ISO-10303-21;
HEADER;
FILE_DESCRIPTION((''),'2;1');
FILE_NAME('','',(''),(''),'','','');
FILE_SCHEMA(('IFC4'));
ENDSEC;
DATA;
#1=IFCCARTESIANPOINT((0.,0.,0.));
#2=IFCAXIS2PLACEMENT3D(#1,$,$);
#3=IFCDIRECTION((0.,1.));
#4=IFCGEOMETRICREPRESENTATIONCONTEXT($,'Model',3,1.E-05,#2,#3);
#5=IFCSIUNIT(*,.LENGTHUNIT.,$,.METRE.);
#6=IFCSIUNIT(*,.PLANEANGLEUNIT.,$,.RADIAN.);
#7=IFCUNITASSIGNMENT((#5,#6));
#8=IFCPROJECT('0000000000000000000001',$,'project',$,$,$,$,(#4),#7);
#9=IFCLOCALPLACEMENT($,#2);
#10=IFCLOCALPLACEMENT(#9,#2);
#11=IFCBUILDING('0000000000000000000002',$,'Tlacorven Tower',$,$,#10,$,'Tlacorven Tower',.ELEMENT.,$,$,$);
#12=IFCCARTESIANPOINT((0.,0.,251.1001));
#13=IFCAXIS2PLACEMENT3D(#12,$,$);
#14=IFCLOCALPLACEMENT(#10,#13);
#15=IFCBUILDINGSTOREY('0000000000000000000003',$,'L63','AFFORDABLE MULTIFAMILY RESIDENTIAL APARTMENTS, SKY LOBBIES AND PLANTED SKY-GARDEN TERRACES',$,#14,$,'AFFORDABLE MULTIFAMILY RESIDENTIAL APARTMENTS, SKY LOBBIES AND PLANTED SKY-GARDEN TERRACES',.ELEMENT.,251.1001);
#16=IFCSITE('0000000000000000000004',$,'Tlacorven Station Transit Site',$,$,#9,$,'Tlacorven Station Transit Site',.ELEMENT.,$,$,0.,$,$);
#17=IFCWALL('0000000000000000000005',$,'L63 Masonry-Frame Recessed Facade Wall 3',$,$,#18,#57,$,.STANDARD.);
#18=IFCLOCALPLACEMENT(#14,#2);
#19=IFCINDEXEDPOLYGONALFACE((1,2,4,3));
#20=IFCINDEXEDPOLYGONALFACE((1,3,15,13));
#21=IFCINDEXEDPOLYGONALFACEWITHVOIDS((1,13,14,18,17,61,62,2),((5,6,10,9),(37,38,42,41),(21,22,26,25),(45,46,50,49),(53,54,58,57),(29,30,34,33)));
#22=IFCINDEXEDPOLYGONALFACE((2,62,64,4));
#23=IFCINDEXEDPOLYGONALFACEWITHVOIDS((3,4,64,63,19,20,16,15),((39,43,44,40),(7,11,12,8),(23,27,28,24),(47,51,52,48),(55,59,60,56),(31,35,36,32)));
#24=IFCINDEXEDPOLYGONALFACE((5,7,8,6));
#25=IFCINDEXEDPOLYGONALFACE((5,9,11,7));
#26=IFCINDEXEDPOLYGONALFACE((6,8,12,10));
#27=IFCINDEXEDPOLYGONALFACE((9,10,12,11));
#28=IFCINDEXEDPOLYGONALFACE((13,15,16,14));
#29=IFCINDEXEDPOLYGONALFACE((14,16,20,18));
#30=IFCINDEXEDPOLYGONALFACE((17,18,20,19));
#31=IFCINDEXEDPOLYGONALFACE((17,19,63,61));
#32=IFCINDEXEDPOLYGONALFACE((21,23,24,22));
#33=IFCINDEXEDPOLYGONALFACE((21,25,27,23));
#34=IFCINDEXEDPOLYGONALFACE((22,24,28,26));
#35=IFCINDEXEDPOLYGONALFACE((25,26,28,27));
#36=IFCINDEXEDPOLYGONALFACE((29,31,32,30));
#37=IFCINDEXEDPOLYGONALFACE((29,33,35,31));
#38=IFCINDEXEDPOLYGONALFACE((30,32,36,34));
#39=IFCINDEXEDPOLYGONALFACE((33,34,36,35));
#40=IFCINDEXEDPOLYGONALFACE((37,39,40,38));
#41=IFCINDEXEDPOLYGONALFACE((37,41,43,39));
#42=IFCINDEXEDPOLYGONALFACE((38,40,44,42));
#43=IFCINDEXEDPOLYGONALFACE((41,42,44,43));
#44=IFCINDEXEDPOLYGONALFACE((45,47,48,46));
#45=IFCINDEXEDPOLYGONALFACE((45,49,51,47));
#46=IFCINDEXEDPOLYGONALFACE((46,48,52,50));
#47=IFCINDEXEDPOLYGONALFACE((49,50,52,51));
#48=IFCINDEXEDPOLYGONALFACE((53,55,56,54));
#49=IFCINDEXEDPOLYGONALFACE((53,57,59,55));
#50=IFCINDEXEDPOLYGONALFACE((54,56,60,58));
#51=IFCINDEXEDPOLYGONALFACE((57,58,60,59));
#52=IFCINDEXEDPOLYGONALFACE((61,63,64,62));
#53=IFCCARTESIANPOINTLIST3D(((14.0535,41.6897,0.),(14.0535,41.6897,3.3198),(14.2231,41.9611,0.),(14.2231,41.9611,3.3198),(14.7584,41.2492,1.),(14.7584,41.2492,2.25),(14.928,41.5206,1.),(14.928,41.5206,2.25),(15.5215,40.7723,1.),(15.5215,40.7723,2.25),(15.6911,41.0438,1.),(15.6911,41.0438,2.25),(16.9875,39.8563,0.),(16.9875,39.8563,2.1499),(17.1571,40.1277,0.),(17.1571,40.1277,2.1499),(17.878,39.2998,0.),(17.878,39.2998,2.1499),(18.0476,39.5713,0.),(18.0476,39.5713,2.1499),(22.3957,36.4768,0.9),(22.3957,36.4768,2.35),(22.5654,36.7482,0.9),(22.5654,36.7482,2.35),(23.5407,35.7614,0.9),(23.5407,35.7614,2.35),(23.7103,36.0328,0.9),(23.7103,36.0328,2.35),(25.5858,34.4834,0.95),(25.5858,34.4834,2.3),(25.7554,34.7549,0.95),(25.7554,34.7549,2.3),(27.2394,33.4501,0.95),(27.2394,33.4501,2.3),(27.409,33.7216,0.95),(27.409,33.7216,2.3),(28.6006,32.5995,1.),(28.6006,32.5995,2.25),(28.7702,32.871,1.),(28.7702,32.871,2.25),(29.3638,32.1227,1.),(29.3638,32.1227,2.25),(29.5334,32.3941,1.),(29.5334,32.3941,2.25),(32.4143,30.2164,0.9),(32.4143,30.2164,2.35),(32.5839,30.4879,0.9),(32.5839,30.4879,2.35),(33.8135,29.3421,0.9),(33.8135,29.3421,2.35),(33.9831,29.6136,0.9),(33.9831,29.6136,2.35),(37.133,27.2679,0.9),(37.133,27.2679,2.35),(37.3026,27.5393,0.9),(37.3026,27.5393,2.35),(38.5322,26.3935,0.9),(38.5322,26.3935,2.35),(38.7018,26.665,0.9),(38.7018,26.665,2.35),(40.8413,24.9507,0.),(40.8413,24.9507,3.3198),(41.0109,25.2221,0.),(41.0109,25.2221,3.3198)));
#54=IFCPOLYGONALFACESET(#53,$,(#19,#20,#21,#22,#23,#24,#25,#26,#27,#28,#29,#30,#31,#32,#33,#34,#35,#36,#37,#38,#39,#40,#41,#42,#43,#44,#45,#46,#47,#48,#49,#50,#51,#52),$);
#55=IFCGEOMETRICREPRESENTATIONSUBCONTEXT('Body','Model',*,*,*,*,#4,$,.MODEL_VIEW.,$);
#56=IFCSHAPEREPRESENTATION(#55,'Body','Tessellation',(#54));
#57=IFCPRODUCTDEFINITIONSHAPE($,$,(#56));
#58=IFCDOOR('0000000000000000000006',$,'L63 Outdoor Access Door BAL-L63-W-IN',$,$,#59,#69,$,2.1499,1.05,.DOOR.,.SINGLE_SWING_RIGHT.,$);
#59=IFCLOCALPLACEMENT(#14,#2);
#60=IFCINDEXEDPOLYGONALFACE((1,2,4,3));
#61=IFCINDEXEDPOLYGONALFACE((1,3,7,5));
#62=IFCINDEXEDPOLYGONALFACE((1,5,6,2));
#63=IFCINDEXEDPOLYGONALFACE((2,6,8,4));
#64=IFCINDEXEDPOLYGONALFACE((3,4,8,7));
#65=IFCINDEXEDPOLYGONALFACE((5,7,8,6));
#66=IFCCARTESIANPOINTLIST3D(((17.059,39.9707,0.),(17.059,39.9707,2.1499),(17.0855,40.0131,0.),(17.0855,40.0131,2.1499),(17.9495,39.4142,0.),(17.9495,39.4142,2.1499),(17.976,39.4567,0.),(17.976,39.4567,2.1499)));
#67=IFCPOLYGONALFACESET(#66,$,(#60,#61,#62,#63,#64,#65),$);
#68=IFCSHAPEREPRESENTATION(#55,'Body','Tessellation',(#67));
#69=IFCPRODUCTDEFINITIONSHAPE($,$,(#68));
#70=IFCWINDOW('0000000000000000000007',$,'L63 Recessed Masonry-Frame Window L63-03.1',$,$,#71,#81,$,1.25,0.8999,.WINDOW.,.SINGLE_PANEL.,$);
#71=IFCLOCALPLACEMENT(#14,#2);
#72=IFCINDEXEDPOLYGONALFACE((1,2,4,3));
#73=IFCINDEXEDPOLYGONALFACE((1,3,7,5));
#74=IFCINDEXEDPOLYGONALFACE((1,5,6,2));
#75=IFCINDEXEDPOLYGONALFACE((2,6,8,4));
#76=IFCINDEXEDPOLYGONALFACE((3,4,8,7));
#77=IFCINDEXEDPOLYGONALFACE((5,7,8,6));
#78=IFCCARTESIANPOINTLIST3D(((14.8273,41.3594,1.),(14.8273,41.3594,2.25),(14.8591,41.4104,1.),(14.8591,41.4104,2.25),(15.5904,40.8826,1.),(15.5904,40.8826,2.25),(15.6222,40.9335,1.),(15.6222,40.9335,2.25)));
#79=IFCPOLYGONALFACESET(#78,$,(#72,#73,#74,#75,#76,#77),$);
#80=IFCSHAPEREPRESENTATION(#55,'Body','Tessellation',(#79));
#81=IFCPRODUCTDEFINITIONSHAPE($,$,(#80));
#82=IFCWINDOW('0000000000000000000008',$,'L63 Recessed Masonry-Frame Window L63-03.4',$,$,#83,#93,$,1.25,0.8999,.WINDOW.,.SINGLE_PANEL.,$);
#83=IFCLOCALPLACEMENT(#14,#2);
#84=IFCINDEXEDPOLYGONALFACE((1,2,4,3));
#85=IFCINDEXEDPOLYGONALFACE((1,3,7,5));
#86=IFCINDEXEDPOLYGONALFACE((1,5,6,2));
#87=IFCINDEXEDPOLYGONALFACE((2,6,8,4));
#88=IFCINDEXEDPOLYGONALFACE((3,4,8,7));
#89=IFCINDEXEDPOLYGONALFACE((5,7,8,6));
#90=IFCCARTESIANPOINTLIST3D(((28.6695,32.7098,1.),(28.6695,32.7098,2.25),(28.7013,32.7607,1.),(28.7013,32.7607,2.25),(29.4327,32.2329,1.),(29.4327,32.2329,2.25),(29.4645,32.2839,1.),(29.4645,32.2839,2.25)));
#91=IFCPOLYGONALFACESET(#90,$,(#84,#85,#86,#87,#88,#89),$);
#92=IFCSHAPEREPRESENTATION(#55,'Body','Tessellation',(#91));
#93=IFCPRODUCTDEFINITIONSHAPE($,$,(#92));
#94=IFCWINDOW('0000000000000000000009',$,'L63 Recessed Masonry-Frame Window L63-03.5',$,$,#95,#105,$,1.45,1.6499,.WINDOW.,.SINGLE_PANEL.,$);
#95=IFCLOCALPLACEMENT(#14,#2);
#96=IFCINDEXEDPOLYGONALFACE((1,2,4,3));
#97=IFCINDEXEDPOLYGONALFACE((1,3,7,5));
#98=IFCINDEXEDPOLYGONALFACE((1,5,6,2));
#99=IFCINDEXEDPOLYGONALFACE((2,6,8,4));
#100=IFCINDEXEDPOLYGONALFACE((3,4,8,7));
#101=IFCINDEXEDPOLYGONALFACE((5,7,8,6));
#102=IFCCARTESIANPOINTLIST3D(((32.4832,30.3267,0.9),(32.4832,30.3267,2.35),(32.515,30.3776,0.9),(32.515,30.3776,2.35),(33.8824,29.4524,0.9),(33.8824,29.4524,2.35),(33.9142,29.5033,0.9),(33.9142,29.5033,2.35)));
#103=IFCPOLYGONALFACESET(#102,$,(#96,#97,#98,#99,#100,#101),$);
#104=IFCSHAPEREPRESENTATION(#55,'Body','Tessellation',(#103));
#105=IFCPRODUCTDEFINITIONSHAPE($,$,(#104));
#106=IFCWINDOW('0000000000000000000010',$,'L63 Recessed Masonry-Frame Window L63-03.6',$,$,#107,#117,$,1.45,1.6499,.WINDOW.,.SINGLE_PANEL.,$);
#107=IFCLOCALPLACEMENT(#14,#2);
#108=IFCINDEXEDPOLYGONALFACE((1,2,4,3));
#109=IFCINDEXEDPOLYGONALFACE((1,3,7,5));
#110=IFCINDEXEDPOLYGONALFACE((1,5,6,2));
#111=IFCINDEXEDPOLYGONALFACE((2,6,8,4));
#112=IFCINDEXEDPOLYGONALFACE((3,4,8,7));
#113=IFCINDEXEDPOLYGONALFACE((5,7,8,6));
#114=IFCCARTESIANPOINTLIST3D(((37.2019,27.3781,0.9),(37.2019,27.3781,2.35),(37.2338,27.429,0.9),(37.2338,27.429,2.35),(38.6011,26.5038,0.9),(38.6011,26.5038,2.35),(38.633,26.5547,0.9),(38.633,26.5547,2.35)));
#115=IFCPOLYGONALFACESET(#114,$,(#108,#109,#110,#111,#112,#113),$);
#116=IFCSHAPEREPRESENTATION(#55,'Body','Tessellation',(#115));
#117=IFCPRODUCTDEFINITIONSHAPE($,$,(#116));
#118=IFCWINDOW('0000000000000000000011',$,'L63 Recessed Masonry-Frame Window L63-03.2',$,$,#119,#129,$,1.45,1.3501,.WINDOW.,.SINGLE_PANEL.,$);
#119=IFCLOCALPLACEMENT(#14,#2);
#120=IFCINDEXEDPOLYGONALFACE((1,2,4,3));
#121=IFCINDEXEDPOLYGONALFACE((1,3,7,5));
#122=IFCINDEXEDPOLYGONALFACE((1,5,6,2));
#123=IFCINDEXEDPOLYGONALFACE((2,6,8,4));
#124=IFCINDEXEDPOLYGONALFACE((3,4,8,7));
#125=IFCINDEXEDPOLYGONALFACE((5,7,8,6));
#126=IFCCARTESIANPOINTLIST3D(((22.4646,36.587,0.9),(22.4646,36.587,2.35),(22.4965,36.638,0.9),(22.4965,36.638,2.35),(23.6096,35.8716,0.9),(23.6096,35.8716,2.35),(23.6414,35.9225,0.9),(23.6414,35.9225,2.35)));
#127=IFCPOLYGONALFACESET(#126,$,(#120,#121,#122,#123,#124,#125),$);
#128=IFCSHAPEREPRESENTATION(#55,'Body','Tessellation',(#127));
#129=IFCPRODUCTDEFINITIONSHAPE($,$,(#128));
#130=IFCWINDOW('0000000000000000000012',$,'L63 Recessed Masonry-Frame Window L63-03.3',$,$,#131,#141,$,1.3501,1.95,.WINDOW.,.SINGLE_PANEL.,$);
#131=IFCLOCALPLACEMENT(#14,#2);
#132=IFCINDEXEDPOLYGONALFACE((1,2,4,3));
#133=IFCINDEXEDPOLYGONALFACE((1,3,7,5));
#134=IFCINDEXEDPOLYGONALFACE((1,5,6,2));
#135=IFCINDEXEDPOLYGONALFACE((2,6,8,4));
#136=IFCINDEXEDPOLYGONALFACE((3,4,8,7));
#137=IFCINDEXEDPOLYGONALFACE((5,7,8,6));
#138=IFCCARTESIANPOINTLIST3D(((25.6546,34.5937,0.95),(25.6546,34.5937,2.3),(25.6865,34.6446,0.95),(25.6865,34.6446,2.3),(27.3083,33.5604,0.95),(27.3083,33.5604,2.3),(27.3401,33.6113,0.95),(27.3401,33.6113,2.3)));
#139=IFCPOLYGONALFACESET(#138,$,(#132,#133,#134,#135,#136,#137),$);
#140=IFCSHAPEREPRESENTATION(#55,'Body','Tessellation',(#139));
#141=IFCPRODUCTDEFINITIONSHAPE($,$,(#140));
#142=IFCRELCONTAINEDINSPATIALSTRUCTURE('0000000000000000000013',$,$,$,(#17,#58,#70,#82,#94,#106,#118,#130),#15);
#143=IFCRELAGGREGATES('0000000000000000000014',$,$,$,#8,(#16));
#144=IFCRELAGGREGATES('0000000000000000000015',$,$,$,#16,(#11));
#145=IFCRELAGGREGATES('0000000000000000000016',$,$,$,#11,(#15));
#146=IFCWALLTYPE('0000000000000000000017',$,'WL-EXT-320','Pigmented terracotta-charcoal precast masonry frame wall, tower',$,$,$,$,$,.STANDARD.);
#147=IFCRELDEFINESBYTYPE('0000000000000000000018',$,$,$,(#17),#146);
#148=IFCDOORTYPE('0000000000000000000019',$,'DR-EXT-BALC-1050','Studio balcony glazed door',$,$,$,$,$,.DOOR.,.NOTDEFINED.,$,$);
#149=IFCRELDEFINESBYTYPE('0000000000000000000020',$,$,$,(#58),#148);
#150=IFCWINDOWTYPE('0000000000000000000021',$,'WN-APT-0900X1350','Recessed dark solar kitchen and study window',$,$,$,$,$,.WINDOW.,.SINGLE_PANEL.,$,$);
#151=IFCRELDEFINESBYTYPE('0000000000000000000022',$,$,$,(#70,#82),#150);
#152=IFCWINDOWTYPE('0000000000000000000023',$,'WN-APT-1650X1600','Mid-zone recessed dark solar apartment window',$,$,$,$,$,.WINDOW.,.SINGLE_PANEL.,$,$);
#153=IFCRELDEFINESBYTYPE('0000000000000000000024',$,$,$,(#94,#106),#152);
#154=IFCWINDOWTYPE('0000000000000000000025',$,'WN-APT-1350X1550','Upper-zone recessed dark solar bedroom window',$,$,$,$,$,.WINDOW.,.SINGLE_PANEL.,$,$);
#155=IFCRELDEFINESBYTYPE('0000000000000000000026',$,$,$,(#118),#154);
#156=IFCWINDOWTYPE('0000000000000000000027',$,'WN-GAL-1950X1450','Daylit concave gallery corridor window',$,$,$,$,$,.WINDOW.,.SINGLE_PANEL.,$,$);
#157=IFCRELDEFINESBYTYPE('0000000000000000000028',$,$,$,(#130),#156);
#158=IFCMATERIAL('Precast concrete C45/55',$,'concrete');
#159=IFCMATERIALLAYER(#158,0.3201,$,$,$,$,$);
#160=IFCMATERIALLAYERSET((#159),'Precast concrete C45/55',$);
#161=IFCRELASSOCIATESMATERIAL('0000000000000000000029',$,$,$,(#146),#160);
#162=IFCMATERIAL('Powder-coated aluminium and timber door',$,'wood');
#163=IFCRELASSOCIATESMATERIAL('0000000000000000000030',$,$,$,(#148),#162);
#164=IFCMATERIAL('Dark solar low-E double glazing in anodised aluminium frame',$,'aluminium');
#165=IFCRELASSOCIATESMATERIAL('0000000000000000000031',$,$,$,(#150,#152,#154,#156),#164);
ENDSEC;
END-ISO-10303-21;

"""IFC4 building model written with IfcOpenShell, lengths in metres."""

from ifc_helpers import new_model, si_unit, direction, frame, frame_2d, origin, place, context, subcontext, project, spatial, rectangle, extrude, source, transform, mapped, material, layer, layer_set, type_object, element, fill, save


model = new_model("IFC4")

# Units and contexts
model_context = context("Model", 3, precision=1e-05, world=origin(), true_north=direction((0.0, 1.0)))
body_context = subcontext(model_context, "Body", "Model", "MODEL_VIEW")
ifc_project = project(units=[si_unit("LENGTHUNIT", "METRE"), si_unit("PLANEANGLEUNIT", "RADIAN")], contexts=[model_context])

# Site, building, storey
site_placement = place(None, origin())
site = spatial("IfcSite", under=ifc_project, at=site_placement, Name="Tlacorven Station Transit Site", LongName="Tlacorven Station Transit Site", CompositionType="ELEMENT", RefElevation=0.0)
building_placement = place(site_placement, origin())
building = spatial("IfcBuilding", under=site, at=building_placement, Name="Tlacorven Tower", LongName="Tlacorven Tower", CompositionType="ELEMENT")
storey_placement = place(building_placement, frame((0.0, 0.0, 251.1001)))
storey = spatial("IfcBuildingStorey", under=building, at=storey_placement, Name="L63", Description="AFFORDABLE MULTIFAMILY RESIDENTIAL APARTMENTS, SKY LOBBIES AND PLANTED SKY-GARDEN TERRACES", LongName="AFFORDABLE MULTIFAMILY RESIDENTIAL APARTMENTS, SKY LOBBIES AND PLANTED SKY-GARDEN TERRACES", CompositionType="ELEMENT", Elevation=251.1001)

# Wall, openings, door, windows
ifc_material_1 = material(Name="Precast concrete C45/55", Category="concrete")
ifc_layer_1 = layer(ifc_material_1, 0.3201)
ifc_layer_set_1 = layer_set([ifc_layer_1], Name="Precast concrete C45/55")
wall_type_1 = type_object("IfcWallType", Name="WL-EXT-320", Description="Pigmented terracotta-charcoal precast masonry frame wall, tower", PredefinedType="STANDARD", material=ifc_layer_set_1)
wall_1_placement = place(storey_placement, frame((14.1382, 41.8254, 0.0), z_axis=(0.0, 0.0, 1.0), x_axis=(0.848046, -0.529922, 0.0)))
wall_1 = element("IfcWall", 1, at=wall_1_placement, inside=storey, type_object=wall_type_1, Name="L63 Masonry-Frame Recessed Facade Wall 3", PredefinedType="STANDARD", context=body_context, shape_type="SweptSolid", body=[
    extrude(rectangle(XDim=31.5876, YDim=0.3201, at=frame_2d((15.7939, 0.0))), origin(), (0.0, 0.0, 1.0), 3.3198),
])
opening_1_placement = place(wall_1_placement, frame((3.46, 0.0, 0.0)))
opening_1 = element("IfcOpeningElement", 2, at=opening_1_placement, cuts=wall_1, PredefinedType="OPENING", context=body_context, shape_type="SweptSolid", body=[
    extrude(rectangle(XDim=1.05, YDim=2.1499, at=frame_2d((0.5249, 1.075))), frame((0.0, 0.1699, 0.0), z_axis=(0.0, -1.0, 0.0), x_axis=(1.0, 0.0, 0.0)), (0.0, 0.0, 1.0), 0.3401),
])
opening_2_placement = place(wall_1_placement, frame((0.8313, 0.0, 1.0)))
opening_2 = element("IfcOpeningElement", 3, at=opening_2_placement, cuts=wall_1, PredefinedType="OPENING", context=body_context, shape_type="SweptSolid", body=[
    extrude(rectangle(XDim=0.8999, YDim=1.25, at=frame_2d((0.45, 0.625))), frame((0.0, 0.1699, 0.0), z_axis=(0.0, -1.0, 0.0), x_axis=(1.0, 0.0, 0.0)), (0.0, 0.0, 1.0), 0.3401),
])
opening_3_placement = place(wall_1_placement, frame((9.8372, 0.0, 0.8999)))
opening_3 = element("IfcOpeningElement", 4, at=opening_3_placement, cuts=wall_1, PredefinedType="OPENING", context=body_context, shape_type="SweptSolid", body=[
    extrude(rectangle(XDim=1.3501, YDim=1.45, at=frame_2d((0.675, 0.7251))), frame((0.0, 0.1699, 0.0), z_axis=(0.0, -1.0, 0.0), x_axis=(1.0, 0.0, 0.0)), (0.0, 0.0, 1.0), 0.3401),
])
opening_4_placement = place(wall_1_placement, frame((13.5986, 0.0, 0.95)))
opening_4 = element("IfcOpeningElement", 5, at=opening_4_placement, cuts=wall_1, PredefinedType="OPENING", context=body_context, shape_type="SweptSolid", body=[
    extrude(rectangle(XDim=1.95, YDim=1.3501, at=frame_2d((0.9751, 0.675))), frame((0.0, 0.1699, 0.0), z_axis=(0.0, -1.0, 0.0), x_axis=(1.0, 0.0, 0.0)), (0.0, 0.0, 1.0), 0.3401),
])
opening_5_placement = place(wall_1_placement, frame((17.1538, 0.0, 1.0)))
opening_5 = element("IfcOpeningElement", 6, at=opening_5_placement, cuts=wall_1, PredefinedType="OPENING", context=body_context, shape_type="SweptSolid", body=[
    extrude(rectangle(XDim=0.8999, YDim=1.25, at=frame_2d((0.45, 0.625))), frame((0.0, 0.1699, 0.0), z_axis=(0.0, -1.0, 0.0), x_axis=(1.0, 0.0, 0.0)), (0.0, 0.0, 1.0), 0.3401),
])
opening_6_placement = place(wall_1_placement, frame((21.6509, 0.0, 0.8999)))
opening_6 = element("IfcOpeningElement", 7, at=opening_6_placement, cuts=wall_1, PredefinedType="OPENING", context=body_context, shape_type="SweptSolid", body=[
    extrude(rectangle(XDim=1.6499, YDim=1.45, at=frame_2d((0.825, 0.7251))), frame((0.0, 0.1699, 0.0), z_axis=(0.0, -1.0, 0.0), x_axis=(1.0, 0.0, 0.0)), (0.0, 0.0, 1.0), 0.3401),
])
opening_7_placement = place(wall_1_placement, frame((27.2151, 0.0, 0.8999)))
opening_7 = element("IfcOpeningElement", 8, at=opening_7_placement, cuts=wall_1, PredefinedType="OPENING", context=body_context, shape_type="SweptSolid", body=[
    extrude(rectangle(XDim=1.6499, YDim=1.45, at=frame_2d((0.825, 0.7251))), frame((0.0, 0.1699, 0.0), z_axis=(0.0, -1.0, 0.0), x_axis=(1.0, 0.0, 0.0)), (0.0, 0.0, 1.0), 0.3401),
])
ifc_material_2 = material(Name="Powder-coated aluminium and timber door", Category="wood")
door_type_1 = type_object("IfcDoorType", Name="DR-EXT-BALC-1050", Description="Studio balcony glazed door", OperationType="NOTDEFINED", PredefinedType="DOOR", material=ifc_material_2)
shared_shape_1 = source(origin(), body_context, "Body", "SweptSolid", [
    extrude(rectangle(XDim=1.05, YDim=2.1499, at=frame_2d((0.5249, 1.075))), frame((0.0, 0.0249, 0.0), z_axis=(0.0, -1.0, 0.0), x_axis=(1.0, 0.0, 0.0)), (0.0, 0.0, 1.0), 0.05),
])
door_1_placement = place(opening_1_placement, origin())
door_1 = element("IfcDoor", 9, at=door_1_placement, inside=storey, type_object=door_type_1, Name="L63 Outdoor Access Door BAL-L63-W-IN", OperationType="SINGLE_SWING_RIGHT", OverallHeight=2.1499, OverallWidth=1.05, PredefinedType="DOOR", context=body_context, shape_type="MappedRepresentation", body=[
    mapped(shared_shape_1, transform((0.0, 0.0, 0.0), scale=1.0)),
])
fill(opening_1, door_1)
ifc_material_3 = material(Name="Dark solar low-E double glazing in anodised aluminium frame", Category="aluminium")
window_type_1 = type_object("IfcWindowType", Name="WN-APT-0900X1350", Description="Recessed dark solar kitchen and study window", PartitioningType="SINGLE_PANEL", PredefinedType="WINDOW", material=ifc_material_3)
shared_shape_2 = source(origin(), body_context, "Body", "SweptSolid", [
    extrude(rectangle(XDim=0.8999, YDim=1.25, at=frame_2d((0.45, 0.625))), frame((0.0, 0.03, 0.0), z_axis=(0.0, -1.0, 0.0), x_axis=(1.0, 0.0, 0.0)), (0.0, 0.0, 1.0), 0.0601),
])
window_1_placement = place(opening_2_placement, origin())
window_1 = element("IfcWindow", 10, at=window_1_placement, inside=storey, type_object=window_type_1, Name="L63 Recessed Masonry-Frame Window L63-03.1", OverallHeight=1.25, OverallWidth=0.8999, PartitioningType="SINGLE_PANEL", PredefinedType="WINDOW", context=body_context, shape_type="MappedRepresentation", body=[
    mapped(shared_shape_2, transform((0.0, 0.0, 0.0), scale=1.0)),
])
fill(opening_2, window_1)
window_2_placement = place(opening_5_placement, origin())
window_2 = element("IfcWindow", 11, at=window_2_placement, inside=storey, type_object=window_type_1, Name="L63 Recessed Masonry-Frame Window L63-03.4", OverallHeight=1.25, OverallWidth=0.8999, PartitioningType="SINGLE_PANEL", PredefinedType="WINDOW", context=body_context, shape_type="MappedRepresentation", body=[
    mapped(shared_shape_2, transform((0.0, 0.0, 0.0), scale=1.0)),
])
fill(opening_5, window_2)
window_type_2 = type_object("IfcWindowType", Name="WN-APT-1650X1600", Description="Mid-zone recessed dark solar apartment window", PartitioningType="SINGLE_PANEL", PredefinedType="WINDOW", material=ifc_material_3)
shared_shape_3 = source(origin(), body_context, "Body", "SweptSolid", [
    extrude(rectangle(XDim=1.6499, YDim=1.45, at=frame_2d((0.825, 0.7251))), frame((0.0, 0.03, 0.0), z_axis=(0.0, -1.0, 0.0), x_axis=(1.0, 0.0, 0.0)), (0.0, 0.0, 1.0), 0.0601),
])
window_3_placement = place(opening_6_placement, origin())
window_3 = element("IfcWindow", 12, at=window_3_placement, inside=storey, type_object=window_type_2, Name="L63 Recessed Masonry-Frame Window L63-03.5", OverallHeight=1.45, OverallWidth=1.6499, PartitioningType="SINGLE_PANEL", PredefinedType="WINDOW", context=body_context, shape_type="MappedRepresentation", body=[
    mapped(shared_shape_3, transform((0.0, 0.0, 0.0), scale=1.0)),
])
fill(opening_6, window_3)
window_4_placement = place(opening_7_placement, origin())
window_4 = element("IfcWindow", 13, at=window_4_placement, inside=storey, type_object=window_type_2, Name="L63 Recessed Masonry-Frame Window L63-03.6", OverallHeight=1.45, OverallWidth=1.6499, PartitioningType="SINGLE_PANEL", PredefinedType="WINDOW", context=body_context, shape_type="MappedRepresentation", body=[
    mapped(shared_shape_3, transform((0.0, 0.0, 0.0), scale=1.0)),
])
fill(opening_7, window_4)
window_type_3 = type_object("IfcWindowType", Name="WN-APT-1350X1550", Description="Upper-zone recessed dark solar bedroom window", PartitioningType="SINGLE_PANEL", PredefinedType="WINDOW", material=ifc_material_3)
shared_shape_4 = source(origin(), body_context, "Body", "SweptSolid", [
    extrude(rectangle(XDim=1.3501, YDim=1.45, at=frame_2d((0.675, 0.7251))), frame((0.0, 0.03, 0.0), z_axis=(0.0, -1.0, 0.0), x_axis=(1.0, 0.0, 0.0)), (0.0, 0.0, 1.0), 0.0601),
])
window_5_placement = place(opening_3_placement, origin())
window_5 = element("IfcWindow", 14, at=window_5_placement, inside=storey, type_object=window_type_3, Name="L63 Recessed Masonry-Frame Window L63-03.2", OverallHeight=1.45, OverallWidth=1.3501, PartitioningType="SINGLE_PANEL", PredefinedType="WINDOW", context=body_context, shape_type="MappedRepresentation", body=[
    mapped(shared_shape_4, transform((0.0, 0.0, 0.0), scale=1.0)),
])
fill(opening_3, window_5)
window_type_4 = type_object("IfcWindowType", Name="WN-GAL-1950X1450", Description="Daylit concave gallery corridor window", PartitioningType="SINGLE_PANEL", PredefinedType="WINDOW", material=ifc_material_3)
shared_shape_5 = source(origin(), body_context, "Body", "SweptSolid", [
    extrude(rectangle(XDim=1.95, YDim=1.3501, at=frame_2d((0.9751, 0.675))), frame((0.0, 0.03, 0.0), z_axis=(0.0, -1.0, 0.0), x_axis=(1.0, 0.0, 0.0)), (0.0, 0.0, 1.0), 0.0601),
])
window_6_placement = place(opening_4_placement, origin())
window_6 = element("IfcWindow", 15, at=window_6_placement, inside=storey, type_object=window_type_4, Name="L63 Recessed Masonry-Frame Window L63-03.3", OverallHeight=1.3501, OverallWidth=1.95, PartitioningType="SINGLE_PANEL", PredefinedType="WINDOW", context=body_context, shape_type="MappedRepresentation", body=[
    mapped(shared_shape_5, transform((0.0, 0.0, 0.0), scale=1.0)),
])
fill(opening_4, window_6)

save(model, "model.ifc")
